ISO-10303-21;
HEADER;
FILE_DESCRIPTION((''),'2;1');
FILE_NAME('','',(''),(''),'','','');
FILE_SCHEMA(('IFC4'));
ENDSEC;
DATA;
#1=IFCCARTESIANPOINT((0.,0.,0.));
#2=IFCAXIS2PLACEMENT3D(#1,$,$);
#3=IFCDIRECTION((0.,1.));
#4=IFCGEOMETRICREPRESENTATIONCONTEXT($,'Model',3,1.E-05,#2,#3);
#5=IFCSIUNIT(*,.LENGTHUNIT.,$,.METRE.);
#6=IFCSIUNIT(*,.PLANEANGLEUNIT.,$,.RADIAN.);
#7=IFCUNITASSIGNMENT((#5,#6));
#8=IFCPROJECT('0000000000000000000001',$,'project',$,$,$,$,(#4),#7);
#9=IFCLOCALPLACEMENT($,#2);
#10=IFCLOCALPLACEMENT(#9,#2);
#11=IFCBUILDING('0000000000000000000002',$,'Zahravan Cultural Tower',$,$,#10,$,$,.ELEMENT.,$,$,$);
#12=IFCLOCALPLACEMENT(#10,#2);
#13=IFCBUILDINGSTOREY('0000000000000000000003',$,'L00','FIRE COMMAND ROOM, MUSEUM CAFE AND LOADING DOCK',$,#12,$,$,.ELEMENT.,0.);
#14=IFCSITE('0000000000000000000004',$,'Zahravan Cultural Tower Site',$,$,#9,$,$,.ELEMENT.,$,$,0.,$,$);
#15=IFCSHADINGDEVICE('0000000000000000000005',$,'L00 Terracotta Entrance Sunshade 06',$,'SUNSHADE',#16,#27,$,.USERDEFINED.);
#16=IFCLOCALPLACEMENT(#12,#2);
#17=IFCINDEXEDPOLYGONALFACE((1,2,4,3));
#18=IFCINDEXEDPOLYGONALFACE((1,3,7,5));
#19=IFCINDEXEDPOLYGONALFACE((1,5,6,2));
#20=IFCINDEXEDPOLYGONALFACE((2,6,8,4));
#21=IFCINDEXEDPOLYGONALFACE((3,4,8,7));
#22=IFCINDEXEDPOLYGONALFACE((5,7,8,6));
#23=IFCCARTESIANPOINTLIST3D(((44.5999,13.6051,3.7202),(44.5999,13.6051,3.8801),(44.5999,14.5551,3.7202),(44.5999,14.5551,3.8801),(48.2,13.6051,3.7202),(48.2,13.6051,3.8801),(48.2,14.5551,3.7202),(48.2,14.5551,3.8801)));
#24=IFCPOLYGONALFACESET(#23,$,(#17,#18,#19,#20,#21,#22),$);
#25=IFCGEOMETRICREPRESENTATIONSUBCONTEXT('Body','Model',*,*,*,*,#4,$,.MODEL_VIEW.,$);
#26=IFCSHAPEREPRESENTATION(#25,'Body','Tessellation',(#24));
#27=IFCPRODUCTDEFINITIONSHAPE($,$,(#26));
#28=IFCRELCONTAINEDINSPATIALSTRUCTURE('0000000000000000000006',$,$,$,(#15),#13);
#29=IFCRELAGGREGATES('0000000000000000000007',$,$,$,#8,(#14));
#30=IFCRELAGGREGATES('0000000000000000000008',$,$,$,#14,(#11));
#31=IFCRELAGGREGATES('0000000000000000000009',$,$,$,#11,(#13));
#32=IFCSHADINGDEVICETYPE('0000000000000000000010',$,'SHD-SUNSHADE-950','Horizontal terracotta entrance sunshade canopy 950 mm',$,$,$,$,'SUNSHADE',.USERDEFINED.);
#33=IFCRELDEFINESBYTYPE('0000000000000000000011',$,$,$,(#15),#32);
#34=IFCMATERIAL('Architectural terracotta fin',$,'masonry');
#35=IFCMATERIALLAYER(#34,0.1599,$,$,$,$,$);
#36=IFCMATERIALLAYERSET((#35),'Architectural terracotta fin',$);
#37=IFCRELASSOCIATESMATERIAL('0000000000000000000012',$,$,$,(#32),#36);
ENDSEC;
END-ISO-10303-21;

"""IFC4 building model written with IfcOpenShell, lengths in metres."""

from ifc_helpers import new_model, si_unit, direction, frame, origin, origin_2d, place, context, subcontext, project, spatial, rectangle, extrude, source, transform, mapped, material, layer, layer_set, type_object, element, save


model = new_model("IFC4")

# Units and contexts
model_context = context("Model", 3, precision=1e-05, world=origin(), true_north=direction((0.0, 1.0)))
body_context = subcontext(model_context, "Body", "Model", "MODEL_VIEW")
ifc_project = project(units=[si_unit("LENGTHUNIT", "METRE"), si_unit("PLANEANGLEUNIT", "RADIAN")], contexts=[model_context])

# Site, building, storey
site_placement = place(None, origin())
site = spatial("IfcSite", under=ifc_project, at=site_placement, Name="Zahravan Cultural Tower Site", CompositionType="ELEMENT", RefElevation=0.0)
building_placement = place(site_placement, origin())
building = spatial("IfcBuilding", under=site, at=building_placement, Name="Zahravan Cultural Tower", CompositionType="ELEMENT")
storey_placement = place(building_placement, origin())
storey = spatial("IfcBuildingStorey", under=building, at=storey_placement, Name="L00", Description="FIRE COMMAND ROOM, MUSEUM CAFE AND LOADING DOCK", CompositionType="ELEMENT", Elevation=0.0)

# Shading device
ifc_material_1 = material(Name="Architectural terracotta fin", Category="masonry")
ifc_layer = layer(ifc_material_1, 0.1599)
ifc_layer_set = layer_set([ifc_layer], Name="Architectural terracotta fin")
shading_device_type = type_object("IfcShadingDeviceType", Name="SHD-SUNSHADE-950", Description="Horizontal terracotta entrance sunshade canopy 950 mm", ElementType="SUNSHADE", PredefinedType="USERDEFINED", material=ifc_layer_set)
shared_shape = source(origin(), body_context, "Body", "SweptSolid", [
    extrude(rectangle(XDim=3.6001, YDim=0.95, at=origin_2d()), origin(), (0.0, 0.0, 1.0), 0.1599),
])
shading_device_placement = place(storey_placement, frame((46.3999, 14.0801, 3.7202), z_axis=(0.0, 0.0, 1.0), x_axis=(1.0, 0.0, 0.0)))
element("IfcShadingDevice", 1, at=shading_device_placement, inside=storey, type_object=shading_device_type, Name="L00 Terracotta Entrance Sunshade 06", ObjectType="SUNSHADE", PredefinedType="USERDEFINED", context=body_context, shape_type="MappedRepresentation", body=[
    mapped(shared_shape, transform((0.0, 0.0, 0.0), x_axis=(1.0, 0.0, 0.0), y_axis=(0.0, 1.0, 0.0), z_axis=(0.0, 0.0, 1.0), scale=1.0)),
])

save(model, "model.ifc")
